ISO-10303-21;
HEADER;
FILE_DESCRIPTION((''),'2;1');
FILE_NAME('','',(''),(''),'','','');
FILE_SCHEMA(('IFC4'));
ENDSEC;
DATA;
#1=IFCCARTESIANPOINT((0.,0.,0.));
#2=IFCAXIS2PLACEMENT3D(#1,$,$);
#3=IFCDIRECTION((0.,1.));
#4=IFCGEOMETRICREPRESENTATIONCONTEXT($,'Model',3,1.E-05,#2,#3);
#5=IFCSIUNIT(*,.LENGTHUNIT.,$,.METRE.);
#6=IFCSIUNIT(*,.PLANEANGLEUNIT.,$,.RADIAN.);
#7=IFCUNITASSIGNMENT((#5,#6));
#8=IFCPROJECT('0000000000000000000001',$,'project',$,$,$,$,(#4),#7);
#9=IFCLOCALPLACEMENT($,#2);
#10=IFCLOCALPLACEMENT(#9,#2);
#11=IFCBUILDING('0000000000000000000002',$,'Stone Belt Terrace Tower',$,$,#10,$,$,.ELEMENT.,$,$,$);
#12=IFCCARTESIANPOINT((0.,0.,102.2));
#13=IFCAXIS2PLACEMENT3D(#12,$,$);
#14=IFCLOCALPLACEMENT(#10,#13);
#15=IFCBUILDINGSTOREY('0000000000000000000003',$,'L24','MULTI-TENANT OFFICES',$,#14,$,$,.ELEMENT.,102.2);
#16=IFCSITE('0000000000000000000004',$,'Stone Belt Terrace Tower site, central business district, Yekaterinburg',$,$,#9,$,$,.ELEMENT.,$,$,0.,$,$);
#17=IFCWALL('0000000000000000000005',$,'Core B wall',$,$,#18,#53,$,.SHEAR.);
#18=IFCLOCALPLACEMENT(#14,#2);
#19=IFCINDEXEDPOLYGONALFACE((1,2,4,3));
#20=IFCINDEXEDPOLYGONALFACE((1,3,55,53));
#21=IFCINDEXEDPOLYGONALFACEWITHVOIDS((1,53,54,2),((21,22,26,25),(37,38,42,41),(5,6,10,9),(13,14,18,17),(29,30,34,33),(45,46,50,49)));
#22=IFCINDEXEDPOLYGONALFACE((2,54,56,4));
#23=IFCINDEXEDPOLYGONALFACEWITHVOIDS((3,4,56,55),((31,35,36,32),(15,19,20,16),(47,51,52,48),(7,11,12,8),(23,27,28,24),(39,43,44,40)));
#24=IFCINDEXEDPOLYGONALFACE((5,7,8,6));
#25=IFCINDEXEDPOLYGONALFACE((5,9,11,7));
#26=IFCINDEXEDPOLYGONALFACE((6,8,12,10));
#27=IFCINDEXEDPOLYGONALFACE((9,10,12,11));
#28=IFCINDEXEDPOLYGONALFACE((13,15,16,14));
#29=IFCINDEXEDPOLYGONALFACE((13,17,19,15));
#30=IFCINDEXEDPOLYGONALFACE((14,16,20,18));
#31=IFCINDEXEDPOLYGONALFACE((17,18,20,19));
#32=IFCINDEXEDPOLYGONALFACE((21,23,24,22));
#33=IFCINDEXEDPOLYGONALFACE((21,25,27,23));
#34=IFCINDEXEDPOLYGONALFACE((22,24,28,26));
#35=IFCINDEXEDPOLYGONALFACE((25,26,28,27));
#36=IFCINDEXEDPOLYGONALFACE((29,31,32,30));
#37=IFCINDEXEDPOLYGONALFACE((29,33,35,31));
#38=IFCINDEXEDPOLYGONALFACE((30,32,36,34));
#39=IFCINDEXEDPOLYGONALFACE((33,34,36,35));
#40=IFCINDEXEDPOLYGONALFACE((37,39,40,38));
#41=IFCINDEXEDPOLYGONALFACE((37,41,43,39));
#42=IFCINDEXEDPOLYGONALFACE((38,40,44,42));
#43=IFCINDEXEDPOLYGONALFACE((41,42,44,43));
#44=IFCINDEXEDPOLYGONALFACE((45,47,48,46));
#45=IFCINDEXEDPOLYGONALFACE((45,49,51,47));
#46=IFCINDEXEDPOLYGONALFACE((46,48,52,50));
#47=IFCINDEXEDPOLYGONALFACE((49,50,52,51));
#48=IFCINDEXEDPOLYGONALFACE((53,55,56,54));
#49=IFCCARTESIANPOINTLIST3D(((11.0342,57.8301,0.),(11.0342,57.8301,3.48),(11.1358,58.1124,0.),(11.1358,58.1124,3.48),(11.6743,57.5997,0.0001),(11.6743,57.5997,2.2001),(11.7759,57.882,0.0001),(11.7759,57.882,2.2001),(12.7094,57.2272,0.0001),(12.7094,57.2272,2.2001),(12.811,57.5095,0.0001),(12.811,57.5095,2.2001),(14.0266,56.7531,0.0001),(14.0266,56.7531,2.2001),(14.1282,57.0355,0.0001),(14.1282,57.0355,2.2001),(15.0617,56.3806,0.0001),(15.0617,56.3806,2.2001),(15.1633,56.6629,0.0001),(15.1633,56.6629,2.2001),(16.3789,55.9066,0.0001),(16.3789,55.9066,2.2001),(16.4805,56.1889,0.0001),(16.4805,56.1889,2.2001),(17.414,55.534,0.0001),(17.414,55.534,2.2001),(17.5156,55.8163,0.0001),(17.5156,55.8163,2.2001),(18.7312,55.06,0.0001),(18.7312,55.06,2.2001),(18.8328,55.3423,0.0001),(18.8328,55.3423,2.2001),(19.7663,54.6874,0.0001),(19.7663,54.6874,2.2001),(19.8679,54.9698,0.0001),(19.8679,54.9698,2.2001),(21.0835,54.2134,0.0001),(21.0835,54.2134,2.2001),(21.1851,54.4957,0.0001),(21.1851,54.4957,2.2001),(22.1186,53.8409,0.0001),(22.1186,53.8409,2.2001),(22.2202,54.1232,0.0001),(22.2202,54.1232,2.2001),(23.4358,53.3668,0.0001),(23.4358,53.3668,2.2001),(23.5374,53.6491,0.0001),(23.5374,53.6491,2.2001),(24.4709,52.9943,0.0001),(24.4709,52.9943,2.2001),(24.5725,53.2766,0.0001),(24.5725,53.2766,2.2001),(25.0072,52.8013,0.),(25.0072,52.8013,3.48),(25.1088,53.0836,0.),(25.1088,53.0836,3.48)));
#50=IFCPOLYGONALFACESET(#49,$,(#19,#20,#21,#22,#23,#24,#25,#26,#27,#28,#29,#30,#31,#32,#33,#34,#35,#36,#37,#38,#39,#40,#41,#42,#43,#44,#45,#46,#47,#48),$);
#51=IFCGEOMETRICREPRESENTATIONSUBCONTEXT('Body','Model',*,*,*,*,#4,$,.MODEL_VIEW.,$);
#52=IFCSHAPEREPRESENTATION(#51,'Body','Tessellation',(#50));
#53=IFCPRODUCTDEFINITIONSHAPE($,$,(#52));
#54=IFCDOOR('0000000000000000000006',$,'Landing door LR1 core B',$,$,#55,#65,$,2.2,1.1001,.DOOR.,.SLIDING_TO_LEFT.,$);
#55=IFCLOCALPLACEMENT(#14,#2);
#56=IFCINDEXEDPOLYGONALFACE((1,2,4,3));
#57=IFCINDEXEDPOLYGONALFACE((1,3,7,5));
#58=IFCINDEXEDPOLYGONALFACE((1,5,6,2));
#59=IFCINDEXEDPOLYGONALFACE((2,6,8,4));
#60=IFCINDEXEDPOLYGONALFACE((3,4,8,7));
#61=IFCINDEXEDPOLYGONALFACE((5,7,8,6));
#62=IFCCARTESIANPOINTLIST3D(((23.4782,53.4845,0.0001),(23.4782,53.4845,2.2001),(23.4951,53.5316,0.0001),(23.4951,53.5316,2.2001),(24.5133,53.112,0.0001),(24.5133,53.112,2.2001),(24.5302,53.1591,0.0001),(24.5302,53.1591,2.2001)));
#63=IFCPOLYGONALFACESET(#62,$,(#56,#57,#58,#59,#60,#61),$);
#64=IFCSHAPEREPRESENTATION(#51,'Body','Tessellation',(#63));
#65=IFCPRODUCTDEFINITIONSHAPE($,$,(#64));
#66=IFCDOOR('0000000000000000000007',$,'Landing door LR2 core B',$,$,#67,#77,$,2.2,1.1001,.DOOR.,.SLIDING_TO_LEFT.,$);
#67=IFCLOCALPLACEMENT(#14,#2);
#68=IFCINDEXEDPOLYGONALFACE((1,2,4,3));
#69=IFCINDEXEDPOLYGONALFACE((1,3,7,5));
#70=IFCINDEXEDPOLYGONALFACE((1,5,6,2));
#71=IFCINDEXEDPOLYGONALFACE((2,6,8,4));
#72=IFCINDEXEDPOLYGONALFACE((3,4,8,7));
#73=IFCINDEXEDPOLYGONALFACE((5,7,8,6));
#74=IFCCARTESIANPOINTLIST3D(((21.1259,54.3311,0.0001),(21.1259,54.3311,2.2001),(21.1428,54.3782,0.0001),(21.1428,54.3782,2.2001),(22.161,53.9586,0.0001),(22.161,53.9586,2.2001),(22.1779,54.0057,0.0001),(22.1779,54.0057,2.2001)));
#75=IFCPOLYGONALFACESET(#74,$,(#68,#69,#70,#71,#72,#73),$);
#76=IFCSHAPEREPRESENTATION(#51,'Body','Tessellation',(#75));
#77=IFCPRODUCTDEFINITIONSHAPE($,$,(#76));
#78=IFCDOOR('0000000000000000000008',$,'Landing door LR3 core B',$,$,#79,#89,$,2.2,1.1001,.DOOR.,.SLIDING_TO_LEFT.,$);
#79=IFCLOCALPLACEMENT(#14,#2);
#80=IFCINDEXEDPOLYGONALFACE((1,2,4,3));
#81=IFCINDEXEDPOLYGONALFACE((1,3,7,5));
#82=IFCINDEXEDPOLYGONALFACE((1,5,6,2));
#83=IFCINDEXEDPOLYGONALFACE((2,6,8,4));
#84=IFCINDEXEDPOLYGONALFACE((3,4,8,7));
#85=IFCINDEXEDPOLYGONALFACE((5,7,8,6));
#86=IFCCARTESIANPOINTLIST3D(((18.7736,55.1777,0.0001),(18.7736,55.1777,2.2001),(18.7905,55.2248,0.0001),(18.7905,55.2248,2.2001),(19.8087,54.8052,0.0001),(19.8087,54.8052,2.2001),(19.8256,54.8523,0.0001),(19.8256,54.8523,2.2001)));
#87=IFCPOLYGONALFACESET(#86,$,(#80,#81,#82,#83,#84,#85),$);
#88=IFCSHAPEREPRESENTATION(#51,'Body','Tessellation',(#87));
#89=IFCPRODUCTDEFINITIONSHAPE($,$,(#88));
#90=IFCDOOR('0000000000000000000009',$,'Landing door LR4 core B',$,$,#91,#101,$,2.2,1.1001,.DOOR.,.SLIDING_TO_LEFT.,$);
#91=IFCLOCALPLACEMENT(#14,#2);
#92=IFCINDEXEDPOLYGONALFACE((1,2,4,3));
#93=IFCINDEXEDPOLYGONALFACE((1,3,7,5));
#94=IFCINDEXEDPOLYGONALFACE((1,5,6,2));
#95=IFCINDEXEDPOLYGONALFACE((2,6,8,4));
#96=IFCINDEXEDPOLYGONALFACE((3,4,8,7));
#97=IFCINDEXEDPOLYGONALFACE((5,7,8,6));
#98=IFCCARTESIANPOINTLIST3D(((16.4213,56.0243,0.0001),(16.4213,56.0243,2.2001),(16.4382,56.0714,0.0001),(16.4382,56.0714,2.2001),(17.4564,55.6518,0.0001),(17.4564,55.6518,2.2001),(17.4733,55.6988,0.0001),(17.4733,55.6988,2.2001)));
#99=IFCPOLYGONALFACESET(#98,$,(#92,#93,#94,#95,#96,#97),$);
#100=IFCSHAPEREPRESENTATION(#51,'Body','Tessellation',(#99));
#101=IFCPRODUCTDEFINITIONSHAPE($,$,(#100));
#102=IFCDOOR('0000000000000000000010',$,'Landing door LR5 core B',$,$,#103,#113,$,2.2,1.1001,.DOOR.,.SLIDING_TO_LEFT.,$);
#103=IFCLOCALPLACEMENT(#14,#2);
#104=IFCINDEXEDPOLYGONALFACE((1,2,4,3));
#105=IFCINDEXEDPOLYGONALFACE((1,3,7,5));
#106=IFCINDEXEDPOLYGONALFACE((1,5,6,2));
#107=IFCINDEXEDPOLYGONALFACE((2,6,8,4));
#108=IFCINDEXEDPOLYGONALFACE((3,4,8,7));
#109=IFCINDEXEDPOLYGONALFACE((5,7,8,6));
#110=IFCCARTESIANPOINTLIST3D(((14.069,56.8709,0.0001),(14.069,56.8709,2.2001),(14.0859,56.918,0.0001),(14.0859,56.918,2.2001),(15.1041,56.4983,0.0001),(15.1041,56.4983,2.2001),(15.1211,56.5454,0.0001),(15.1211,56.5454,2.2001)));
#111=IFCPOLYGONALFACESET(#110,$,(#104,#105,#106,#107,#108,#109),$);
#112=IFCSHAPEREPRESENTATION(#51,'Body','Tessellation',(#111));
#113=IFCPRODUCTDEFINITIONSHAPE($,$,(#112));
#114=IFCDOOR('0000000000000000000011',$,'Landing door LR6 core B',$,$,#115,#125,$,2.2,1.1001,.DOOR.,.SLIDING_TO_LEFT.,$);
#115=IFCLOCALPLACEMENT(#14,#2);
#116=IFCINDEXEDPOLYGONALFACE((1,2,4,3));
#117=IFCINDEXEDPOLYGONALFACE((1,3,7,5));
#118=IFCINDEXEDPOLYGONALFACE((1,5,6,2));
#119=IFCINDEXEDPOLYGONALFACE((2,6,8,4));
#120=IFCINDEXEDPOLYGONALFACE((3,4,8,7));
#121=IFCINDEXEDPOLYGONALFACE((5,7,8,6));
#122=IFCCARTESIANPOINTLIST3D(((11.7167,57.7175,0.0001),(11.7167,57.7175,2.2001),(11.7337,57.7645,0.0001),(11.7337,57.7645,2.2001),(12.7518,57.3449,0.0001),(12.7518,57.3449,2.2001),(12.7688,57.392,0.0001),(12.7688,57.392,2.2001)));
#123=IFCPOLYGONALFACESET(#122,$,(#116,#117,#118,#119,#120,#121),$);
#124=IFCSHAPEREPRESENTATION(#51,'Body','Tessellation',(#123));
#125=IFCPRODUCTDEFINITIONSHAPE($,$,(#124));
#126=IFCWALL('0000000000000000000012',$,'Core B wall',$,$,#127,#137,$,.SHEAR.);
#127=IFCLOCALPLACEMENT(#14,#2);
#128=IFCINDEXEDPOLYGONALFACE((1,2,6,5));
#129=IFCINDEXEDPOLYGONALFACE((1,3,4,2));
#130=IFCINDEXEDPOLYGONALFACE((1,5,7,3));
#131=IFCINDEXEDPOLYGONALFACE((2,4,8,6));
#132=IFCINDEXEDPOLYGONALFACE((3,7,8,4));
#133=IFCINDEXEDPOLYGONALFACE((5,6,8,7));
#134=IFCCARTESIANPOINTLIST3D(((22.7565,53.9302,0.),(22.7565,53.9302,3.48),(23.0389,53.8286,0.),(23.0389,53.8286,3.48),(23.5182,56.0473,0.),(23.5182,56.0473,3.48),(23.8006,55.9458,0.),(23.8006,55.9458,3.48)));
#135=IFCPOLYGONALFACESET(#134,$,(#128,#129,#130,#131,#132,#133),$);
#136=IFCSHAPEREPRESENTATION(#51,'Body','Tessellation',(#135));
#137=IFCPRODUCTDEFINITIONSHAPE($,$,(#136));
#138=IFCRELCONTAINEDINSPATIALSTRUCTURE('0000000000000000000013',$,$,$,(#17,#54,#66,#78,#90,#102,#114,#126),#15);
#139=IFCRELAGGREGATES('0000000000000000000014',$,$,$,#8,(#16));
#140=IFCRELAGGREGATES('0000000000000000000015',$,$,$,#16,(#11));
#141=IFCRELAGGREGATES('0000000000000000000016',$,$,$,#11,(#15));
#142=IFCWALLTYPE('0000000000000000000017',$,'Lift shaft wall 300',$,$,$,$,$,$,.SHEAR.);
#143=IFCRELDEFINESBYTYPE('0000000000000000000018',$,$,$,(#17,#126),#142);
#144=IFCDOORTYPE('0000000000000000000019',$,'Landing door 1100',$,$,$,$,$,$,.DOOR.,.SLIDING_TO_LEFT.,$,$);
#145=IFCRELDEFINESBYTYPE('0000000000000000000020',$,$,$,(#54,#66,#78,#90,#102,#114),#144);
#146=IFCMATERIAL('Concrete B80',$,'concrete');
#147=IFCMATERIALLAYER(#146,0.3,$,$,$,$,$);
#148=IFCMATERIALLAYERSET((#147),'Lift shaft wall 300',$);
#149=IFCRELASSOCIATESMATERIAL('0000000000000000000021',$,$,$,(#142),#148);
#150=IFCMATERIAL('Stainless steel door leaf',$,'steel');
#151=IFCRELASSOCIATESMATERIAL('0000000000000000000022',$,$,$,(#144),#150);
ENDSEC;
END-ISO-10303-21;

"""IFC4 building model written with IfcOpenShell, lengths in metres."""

from ifc_helpers import new_model, si_unit, direction, frame, frame_2d, origin, place, context, subcontext, project, spatial, rectangle, extrude, material, layer, layer_set, type_object, element, fill, save


model = new_model("IFC4")

# Units and contexts
model_context = context("Model", 3, precision=1e-05, world=origin(), true_north=direction((0.0, 1.0)))
body_context = subcontext(model_context, "Body", "Model", "MODEL_VIEW")
ifc_project = project(units=[si_unit("LENGTHUNIT", "METRE"), si_unit("PLANEANGLEUNIT", "RADIAN")], contexts=[model_context])

# Site, building, storey
site_placement = place(None, origin())
site = spatial("IfcSite", under=ifc_project, at=site_placement, Name="Stone Belt Terrace Tower site, central business district, Yekaterinburg", CompositionType="ELEMENT", RefElevation=0.0)
building_placement = place(site_placement, origin())
building = spatial("IfcBuilding", under=site, at=building_placement, Name="Stone Belt Terrace Tower", CompositionType="ELEMENT")
storey_placement = place(building_placement, frame((0.0, 0.0, 102.2)))
storey = spatial("IfcBuildingStorey", under=building, at=storey_placement, Name="L24", Description="MULTI-TENANT OFFICES", CompositionType="ELEMENT", Elevation=102.2)

# Shared definitions
ifc_material_1 = material(Name="Concrete B80", Category="concrete")

# Shared definitions
ifc_layer_1 = layer(ifc_material_1, 0.3)
ifc_layer_set_1 = layer_set([ifc_layer_1], Name="Lift shaft wall 300")
wall_type_1 = type_object("IfcWallType", Name="Lift shaft wall 300", PredefinedType="SHEAR", material=ifc_layer_set_1)
ifc_material_2 = material(Name="Stainless steel door leaf", Category="steel")

# Wall, openings, doors
wall_1_placement = place(storey_placement, frame((25.0581, 52.9424, 0.0), z_axis=(0.0, 0.0, 1.0), x_axis=(-0.940918, 0.338634, 0.0)))
wall_1 = element("IfcWall", 1, at=wall_1_placement, inside=storey, type_object=wall_type_1, Name="Core B wall", PredefinedType="SHEAR", context=body_context, shape_type="SweptSolid", body=[
    extrude(rectangle(XDim=14.8503, YDim=0.3, at=frame_2d((7.4253, 0.0))), origin(), (0.0, 0.0, 1.0), 3.48),
])
opening_1_placement = place(wall_1_placement, frame((0.5701, 0.0, 0.0)))
opening_1 = element("IfcOpeningElement", 2, at=opening_1_placement, cuts=wall_1, PredefinedType="OPENING", context=body_context, shape_type="SweptSolid", body=[
    extrude(rectangle(XDim=1.1001, YDim=2.2, at=frame_2d((0.55, 1.1001))), frame((0.0, 0.1599, 0.0), z_axis=(0.0, -1.0, 0.0), x_axis=(1.0, 0.0, 0.0)), (0.0, 0.0, 1.0), 0.3201),
])
opening_2_placement = place(wall_1_placement, frame((3.0701, 0.0, 0.0)))
opening_2 = element("IfcOpeningElement", 3, at=opening_2_placement, cuts=wall_1, PredefinedType="OPENING", context=body_context, shape_type="SweptSolid", body=[
    extrude(rectangle(XDim=1.1001, YDim=2.2, at=frame_2d((0.55, 1.1001))), frame((0.0, 0.1599, 0.0), z_axis=(0.0, -1.0, 0.0), x_axis=(1.0, 0.0, 0.0)), (0.0, 0.0, 1.0), 0.3201),
])
opening_3_placement = place(wall_1_placement, frame((5.5701, 0.0, 0.0)))
opening_3 = element("IfcOpeningElement", 4, at=opening_3_placement, cuts=wall_1, PredefinedType="OPENING", context=body_context, shape_type="SweptSolid", body=[
    extrude(rectangle(XDim=1.1001, YDim=2.2, at=frame_2d((0.55, 1.1001))), frame((0.0, 0.1599, 0.0), z_axis=(0.0, -1.0, 0.0), x_axis=(1.0, 0.0, 0.0)), (0.0, 0.0, 1.0), 0.3201),
])
opening_4_placement = place(wall_1_placement, frame((8.0701, 0.0, 0.0)))
opening_4 = element("IfcOpeningElement", 5, at=opening_4_placement, cuts=wall_1, PredefinedType="OPENING", context=body_context, shape_type="SweptSolid", body=[
    extrude(rectangle(XDim=1.1001, YDim=2.2, at=frame_2d((0.55, 1.1001))), frame((0.0, 0.1599, 0.0), z_axis=(0.0, -1.0, 0.0), x_axis=(1.0, 0.0, 0.0)), (0.0, 0.0, 1.0), 0.3201),
])
opening_5_placement = place(wall_1_placement, frame((10.5701, 0.0, 0.0)))
opening_5 = element("IfcOpeningElement", 6, at=opening_5_placement, cuts=wall_1, PredefinedType="OPENING", context=body_context, shape_type="SweptSolid", body=[
    extrude(rectangle(XDim=1.1001, YDim=2.2, at=frame_2d((0.55, 1.1001))), frame((0.0, 0.1599, 0.0), z_axis=(0.0, -1.0, 0.0), x_axis=(1.0, 0.0, 0.0)), (0.0, 0.0, 1.0), 0.3201),
])
opening_6_placement = place(wall_1_placement, frame((13.0701, 0.0, 0.0)))
opening_6 = element("IfcOpeningElement", 7, at=opening_6_placement, cuts=wall_1, PredefinedType="OPENING", context=body_context, shape_type="SweptSolid", body=[
    extrude(rectangle(XDim=1.1001, YDim=2.2, at=frame_2d((0.55, 1.1001))), frame((0.0, 0.1599, 0.0), z_axis=(0.0, -1.0, 0.0), x_axis=(1.0, 0.0, 0.0)), (0.0, 0.0, 1.0), 0.3201),
])
door_type_1 = type_object("IfcDoorType", Name="Landing door 1100", OperationType="SLIDING_TO_LEFT", PredefinedType="DOOR", material=ifc_material_2)
door_1_placement = place(opening_1_placement, origin())
door_1 = element("IfcDoor", 8, at=door_1_placement, inside=storey, type_object=door_type_1, Name="Landing door LR1 core B", OperationType="SLIDING_TO_LEFT", OverallHeight=2.2, OverallWidth=1.1001, PredefinedType="DOOR", context=body_context, shape_type="SweptSolid", body=[
    extrude(rectangle(XDim=1.1001, YDim=2.2, at=frame_2d((0.55, 1.1001))), frame((0.0, 0.0249, 0.0), z_axis=(0.0, -1.0, 0.0), x_axis=(1.0, 0.0, 0.0)), (0.0, 0.0, 1.0), 0.05),
])
fill(opening_1, door_1)
door_2_placement = place(opening_2_placement, origin())
door_2 = element("IfcDoor", 9, at=door_2_placement, inside=storey, type_object=door_type_1, Name="Landing door LR2 core B", OperationType="SLIDING_TO_LEFT", OverallHeight=2.2, OverallWidth=1.1001, PredefinedType="DOOR", context=body_context, shape_type="SweptSolid", body=[
    extrude(rectangle(XDim=1.1001, YDim=2.2, at=frame_2d((0.55, 1.1001))), frame((0.0, 0.0249, 0.0), z_axis=(0.0, -1.0, 0.0), x_axis=(1.0, 0.0, 0.0)), (0.0, 0.0, 1.0), 0.05),
])
fill(opening_2, door_2)
door_3_placement = place(opening_3_placement, origin())
door_3 = element("IfcDoor", 10, at=door_3_placement, inside=storey, type_object=door_type_1, Name="Landing door LR3 core B", OperationType="SLIDING_TO_LEFT", OverallHeight=2.2, OverallWidth=1.1001, PredefinedType="DOOR", context=body_context, shape_type="SweptSolid", body=[
    extrude(rectangle(XDim=1.1001, YDim=2.2, at=frame_2d((0.55, 1.1001))), frame((0.0, 0.0249, 0.0), z_axis=(0.0, -1.0, 0.0), x_axis=(1.0, 0.0, 0.0)), (0.0, 0.0, 1.0), 0.05),
])
fill(opening_3, door_3)
door_4_placement = place(opening_4_placement, origin())
door_4 = element("IfcDoor", 11, at=door_4_placement, inside=storey, type_object=door_type_1, Name="Landing door LR4 core B", OperationType="SLIDING_TO_LEFT", OverallHeight=2.2, OverallWidth=1.1001, PredefinedType="DOOR", context=body_context, shape_type="SweptSolid", body=[
    extrude(rectangle(XDim=1.1001, YDim=2.2, at=frame_2d((0.55, 1.1001))), frame((0.0, 0.0249, 0.0), z_axis=(0.0, -1.0, 0.0), x_axis=(1.0, 0.0, 0.0)), (0.0, 0.0, 1.0), 0.05),
])
fill(opening_4, door_4)
door_5_placement = place(opening_5_placement, origin())
door_5 = element("IfcDoor", 12, at=door_5_placement, inside=storey, type_object=door_type_1, Name="Landing door LR5 core B", OperationType="SLIDING_TO_LEFT", OverallHeight=2.2, OverallWidth=1.1001, PredefinedType="DOOR", context=body_context, shape_type="SweptSolid", body=[
    extrude(rectangle(XDim=1.1001, YDim=2.2, at=frame_2d((0.55, 1.1001))), frame((0.0, 0.0249, 0.0), z_axis=(0.0, -1.0, 0.0), x_axis=(1.0, 0.0, 0.0)), (0.0, 0.0, 1.0), 0.05),
])
fill(opening_5, door_5)
door_6_placement = place(opening_6_placement, origin())
door_6 = element("IfcDoor", 13, at=door_6_placement, inside=storey, type_object=door_type_1, Name="Landing door LR6 core B", OperationType="SLIDING_TO_LEFT", OverallHeight=2.2, OverallWidth=1.1001, PredefinedType="DOOR", context=body_context, shape_type="SweptSolid", body=[
    extrude(rectangle(XDim=1.1001, YDim=2.2, at=frame_2d((0.55, 1.1001))), frame((0.0, 0.0249, 0.0), z_axis=(0.0, -1.0, 0.0), x_axis=(1.0, 0.0, 0.0)), (0.0, 0.0, 1.0), 0.05),
])
fill(opening_6, door_6)

# Wall
wall_2_placement = place(storey_placement, frame((22.8977, 53.8794, 0.0), z_axis=(0.0, 0.0, 1.0), x_axis=(0.338535, 0.940954, 0.0)))
element("IfcWall", 14, at=wall_2_placement, inside=storey, type_object=wall_type_1, Name="Core B wall", PredefinedType="SHEAR", context=body_context, shape_type="SweptSolid", body=[
    extrude(rectangle(XDim=2.25, YDim=0.3, at=frame_2d((1.125, 0.0))), origin(), (0.0, 0.0, 1.0), 3.48),
])

save(model, "model.ifc")
